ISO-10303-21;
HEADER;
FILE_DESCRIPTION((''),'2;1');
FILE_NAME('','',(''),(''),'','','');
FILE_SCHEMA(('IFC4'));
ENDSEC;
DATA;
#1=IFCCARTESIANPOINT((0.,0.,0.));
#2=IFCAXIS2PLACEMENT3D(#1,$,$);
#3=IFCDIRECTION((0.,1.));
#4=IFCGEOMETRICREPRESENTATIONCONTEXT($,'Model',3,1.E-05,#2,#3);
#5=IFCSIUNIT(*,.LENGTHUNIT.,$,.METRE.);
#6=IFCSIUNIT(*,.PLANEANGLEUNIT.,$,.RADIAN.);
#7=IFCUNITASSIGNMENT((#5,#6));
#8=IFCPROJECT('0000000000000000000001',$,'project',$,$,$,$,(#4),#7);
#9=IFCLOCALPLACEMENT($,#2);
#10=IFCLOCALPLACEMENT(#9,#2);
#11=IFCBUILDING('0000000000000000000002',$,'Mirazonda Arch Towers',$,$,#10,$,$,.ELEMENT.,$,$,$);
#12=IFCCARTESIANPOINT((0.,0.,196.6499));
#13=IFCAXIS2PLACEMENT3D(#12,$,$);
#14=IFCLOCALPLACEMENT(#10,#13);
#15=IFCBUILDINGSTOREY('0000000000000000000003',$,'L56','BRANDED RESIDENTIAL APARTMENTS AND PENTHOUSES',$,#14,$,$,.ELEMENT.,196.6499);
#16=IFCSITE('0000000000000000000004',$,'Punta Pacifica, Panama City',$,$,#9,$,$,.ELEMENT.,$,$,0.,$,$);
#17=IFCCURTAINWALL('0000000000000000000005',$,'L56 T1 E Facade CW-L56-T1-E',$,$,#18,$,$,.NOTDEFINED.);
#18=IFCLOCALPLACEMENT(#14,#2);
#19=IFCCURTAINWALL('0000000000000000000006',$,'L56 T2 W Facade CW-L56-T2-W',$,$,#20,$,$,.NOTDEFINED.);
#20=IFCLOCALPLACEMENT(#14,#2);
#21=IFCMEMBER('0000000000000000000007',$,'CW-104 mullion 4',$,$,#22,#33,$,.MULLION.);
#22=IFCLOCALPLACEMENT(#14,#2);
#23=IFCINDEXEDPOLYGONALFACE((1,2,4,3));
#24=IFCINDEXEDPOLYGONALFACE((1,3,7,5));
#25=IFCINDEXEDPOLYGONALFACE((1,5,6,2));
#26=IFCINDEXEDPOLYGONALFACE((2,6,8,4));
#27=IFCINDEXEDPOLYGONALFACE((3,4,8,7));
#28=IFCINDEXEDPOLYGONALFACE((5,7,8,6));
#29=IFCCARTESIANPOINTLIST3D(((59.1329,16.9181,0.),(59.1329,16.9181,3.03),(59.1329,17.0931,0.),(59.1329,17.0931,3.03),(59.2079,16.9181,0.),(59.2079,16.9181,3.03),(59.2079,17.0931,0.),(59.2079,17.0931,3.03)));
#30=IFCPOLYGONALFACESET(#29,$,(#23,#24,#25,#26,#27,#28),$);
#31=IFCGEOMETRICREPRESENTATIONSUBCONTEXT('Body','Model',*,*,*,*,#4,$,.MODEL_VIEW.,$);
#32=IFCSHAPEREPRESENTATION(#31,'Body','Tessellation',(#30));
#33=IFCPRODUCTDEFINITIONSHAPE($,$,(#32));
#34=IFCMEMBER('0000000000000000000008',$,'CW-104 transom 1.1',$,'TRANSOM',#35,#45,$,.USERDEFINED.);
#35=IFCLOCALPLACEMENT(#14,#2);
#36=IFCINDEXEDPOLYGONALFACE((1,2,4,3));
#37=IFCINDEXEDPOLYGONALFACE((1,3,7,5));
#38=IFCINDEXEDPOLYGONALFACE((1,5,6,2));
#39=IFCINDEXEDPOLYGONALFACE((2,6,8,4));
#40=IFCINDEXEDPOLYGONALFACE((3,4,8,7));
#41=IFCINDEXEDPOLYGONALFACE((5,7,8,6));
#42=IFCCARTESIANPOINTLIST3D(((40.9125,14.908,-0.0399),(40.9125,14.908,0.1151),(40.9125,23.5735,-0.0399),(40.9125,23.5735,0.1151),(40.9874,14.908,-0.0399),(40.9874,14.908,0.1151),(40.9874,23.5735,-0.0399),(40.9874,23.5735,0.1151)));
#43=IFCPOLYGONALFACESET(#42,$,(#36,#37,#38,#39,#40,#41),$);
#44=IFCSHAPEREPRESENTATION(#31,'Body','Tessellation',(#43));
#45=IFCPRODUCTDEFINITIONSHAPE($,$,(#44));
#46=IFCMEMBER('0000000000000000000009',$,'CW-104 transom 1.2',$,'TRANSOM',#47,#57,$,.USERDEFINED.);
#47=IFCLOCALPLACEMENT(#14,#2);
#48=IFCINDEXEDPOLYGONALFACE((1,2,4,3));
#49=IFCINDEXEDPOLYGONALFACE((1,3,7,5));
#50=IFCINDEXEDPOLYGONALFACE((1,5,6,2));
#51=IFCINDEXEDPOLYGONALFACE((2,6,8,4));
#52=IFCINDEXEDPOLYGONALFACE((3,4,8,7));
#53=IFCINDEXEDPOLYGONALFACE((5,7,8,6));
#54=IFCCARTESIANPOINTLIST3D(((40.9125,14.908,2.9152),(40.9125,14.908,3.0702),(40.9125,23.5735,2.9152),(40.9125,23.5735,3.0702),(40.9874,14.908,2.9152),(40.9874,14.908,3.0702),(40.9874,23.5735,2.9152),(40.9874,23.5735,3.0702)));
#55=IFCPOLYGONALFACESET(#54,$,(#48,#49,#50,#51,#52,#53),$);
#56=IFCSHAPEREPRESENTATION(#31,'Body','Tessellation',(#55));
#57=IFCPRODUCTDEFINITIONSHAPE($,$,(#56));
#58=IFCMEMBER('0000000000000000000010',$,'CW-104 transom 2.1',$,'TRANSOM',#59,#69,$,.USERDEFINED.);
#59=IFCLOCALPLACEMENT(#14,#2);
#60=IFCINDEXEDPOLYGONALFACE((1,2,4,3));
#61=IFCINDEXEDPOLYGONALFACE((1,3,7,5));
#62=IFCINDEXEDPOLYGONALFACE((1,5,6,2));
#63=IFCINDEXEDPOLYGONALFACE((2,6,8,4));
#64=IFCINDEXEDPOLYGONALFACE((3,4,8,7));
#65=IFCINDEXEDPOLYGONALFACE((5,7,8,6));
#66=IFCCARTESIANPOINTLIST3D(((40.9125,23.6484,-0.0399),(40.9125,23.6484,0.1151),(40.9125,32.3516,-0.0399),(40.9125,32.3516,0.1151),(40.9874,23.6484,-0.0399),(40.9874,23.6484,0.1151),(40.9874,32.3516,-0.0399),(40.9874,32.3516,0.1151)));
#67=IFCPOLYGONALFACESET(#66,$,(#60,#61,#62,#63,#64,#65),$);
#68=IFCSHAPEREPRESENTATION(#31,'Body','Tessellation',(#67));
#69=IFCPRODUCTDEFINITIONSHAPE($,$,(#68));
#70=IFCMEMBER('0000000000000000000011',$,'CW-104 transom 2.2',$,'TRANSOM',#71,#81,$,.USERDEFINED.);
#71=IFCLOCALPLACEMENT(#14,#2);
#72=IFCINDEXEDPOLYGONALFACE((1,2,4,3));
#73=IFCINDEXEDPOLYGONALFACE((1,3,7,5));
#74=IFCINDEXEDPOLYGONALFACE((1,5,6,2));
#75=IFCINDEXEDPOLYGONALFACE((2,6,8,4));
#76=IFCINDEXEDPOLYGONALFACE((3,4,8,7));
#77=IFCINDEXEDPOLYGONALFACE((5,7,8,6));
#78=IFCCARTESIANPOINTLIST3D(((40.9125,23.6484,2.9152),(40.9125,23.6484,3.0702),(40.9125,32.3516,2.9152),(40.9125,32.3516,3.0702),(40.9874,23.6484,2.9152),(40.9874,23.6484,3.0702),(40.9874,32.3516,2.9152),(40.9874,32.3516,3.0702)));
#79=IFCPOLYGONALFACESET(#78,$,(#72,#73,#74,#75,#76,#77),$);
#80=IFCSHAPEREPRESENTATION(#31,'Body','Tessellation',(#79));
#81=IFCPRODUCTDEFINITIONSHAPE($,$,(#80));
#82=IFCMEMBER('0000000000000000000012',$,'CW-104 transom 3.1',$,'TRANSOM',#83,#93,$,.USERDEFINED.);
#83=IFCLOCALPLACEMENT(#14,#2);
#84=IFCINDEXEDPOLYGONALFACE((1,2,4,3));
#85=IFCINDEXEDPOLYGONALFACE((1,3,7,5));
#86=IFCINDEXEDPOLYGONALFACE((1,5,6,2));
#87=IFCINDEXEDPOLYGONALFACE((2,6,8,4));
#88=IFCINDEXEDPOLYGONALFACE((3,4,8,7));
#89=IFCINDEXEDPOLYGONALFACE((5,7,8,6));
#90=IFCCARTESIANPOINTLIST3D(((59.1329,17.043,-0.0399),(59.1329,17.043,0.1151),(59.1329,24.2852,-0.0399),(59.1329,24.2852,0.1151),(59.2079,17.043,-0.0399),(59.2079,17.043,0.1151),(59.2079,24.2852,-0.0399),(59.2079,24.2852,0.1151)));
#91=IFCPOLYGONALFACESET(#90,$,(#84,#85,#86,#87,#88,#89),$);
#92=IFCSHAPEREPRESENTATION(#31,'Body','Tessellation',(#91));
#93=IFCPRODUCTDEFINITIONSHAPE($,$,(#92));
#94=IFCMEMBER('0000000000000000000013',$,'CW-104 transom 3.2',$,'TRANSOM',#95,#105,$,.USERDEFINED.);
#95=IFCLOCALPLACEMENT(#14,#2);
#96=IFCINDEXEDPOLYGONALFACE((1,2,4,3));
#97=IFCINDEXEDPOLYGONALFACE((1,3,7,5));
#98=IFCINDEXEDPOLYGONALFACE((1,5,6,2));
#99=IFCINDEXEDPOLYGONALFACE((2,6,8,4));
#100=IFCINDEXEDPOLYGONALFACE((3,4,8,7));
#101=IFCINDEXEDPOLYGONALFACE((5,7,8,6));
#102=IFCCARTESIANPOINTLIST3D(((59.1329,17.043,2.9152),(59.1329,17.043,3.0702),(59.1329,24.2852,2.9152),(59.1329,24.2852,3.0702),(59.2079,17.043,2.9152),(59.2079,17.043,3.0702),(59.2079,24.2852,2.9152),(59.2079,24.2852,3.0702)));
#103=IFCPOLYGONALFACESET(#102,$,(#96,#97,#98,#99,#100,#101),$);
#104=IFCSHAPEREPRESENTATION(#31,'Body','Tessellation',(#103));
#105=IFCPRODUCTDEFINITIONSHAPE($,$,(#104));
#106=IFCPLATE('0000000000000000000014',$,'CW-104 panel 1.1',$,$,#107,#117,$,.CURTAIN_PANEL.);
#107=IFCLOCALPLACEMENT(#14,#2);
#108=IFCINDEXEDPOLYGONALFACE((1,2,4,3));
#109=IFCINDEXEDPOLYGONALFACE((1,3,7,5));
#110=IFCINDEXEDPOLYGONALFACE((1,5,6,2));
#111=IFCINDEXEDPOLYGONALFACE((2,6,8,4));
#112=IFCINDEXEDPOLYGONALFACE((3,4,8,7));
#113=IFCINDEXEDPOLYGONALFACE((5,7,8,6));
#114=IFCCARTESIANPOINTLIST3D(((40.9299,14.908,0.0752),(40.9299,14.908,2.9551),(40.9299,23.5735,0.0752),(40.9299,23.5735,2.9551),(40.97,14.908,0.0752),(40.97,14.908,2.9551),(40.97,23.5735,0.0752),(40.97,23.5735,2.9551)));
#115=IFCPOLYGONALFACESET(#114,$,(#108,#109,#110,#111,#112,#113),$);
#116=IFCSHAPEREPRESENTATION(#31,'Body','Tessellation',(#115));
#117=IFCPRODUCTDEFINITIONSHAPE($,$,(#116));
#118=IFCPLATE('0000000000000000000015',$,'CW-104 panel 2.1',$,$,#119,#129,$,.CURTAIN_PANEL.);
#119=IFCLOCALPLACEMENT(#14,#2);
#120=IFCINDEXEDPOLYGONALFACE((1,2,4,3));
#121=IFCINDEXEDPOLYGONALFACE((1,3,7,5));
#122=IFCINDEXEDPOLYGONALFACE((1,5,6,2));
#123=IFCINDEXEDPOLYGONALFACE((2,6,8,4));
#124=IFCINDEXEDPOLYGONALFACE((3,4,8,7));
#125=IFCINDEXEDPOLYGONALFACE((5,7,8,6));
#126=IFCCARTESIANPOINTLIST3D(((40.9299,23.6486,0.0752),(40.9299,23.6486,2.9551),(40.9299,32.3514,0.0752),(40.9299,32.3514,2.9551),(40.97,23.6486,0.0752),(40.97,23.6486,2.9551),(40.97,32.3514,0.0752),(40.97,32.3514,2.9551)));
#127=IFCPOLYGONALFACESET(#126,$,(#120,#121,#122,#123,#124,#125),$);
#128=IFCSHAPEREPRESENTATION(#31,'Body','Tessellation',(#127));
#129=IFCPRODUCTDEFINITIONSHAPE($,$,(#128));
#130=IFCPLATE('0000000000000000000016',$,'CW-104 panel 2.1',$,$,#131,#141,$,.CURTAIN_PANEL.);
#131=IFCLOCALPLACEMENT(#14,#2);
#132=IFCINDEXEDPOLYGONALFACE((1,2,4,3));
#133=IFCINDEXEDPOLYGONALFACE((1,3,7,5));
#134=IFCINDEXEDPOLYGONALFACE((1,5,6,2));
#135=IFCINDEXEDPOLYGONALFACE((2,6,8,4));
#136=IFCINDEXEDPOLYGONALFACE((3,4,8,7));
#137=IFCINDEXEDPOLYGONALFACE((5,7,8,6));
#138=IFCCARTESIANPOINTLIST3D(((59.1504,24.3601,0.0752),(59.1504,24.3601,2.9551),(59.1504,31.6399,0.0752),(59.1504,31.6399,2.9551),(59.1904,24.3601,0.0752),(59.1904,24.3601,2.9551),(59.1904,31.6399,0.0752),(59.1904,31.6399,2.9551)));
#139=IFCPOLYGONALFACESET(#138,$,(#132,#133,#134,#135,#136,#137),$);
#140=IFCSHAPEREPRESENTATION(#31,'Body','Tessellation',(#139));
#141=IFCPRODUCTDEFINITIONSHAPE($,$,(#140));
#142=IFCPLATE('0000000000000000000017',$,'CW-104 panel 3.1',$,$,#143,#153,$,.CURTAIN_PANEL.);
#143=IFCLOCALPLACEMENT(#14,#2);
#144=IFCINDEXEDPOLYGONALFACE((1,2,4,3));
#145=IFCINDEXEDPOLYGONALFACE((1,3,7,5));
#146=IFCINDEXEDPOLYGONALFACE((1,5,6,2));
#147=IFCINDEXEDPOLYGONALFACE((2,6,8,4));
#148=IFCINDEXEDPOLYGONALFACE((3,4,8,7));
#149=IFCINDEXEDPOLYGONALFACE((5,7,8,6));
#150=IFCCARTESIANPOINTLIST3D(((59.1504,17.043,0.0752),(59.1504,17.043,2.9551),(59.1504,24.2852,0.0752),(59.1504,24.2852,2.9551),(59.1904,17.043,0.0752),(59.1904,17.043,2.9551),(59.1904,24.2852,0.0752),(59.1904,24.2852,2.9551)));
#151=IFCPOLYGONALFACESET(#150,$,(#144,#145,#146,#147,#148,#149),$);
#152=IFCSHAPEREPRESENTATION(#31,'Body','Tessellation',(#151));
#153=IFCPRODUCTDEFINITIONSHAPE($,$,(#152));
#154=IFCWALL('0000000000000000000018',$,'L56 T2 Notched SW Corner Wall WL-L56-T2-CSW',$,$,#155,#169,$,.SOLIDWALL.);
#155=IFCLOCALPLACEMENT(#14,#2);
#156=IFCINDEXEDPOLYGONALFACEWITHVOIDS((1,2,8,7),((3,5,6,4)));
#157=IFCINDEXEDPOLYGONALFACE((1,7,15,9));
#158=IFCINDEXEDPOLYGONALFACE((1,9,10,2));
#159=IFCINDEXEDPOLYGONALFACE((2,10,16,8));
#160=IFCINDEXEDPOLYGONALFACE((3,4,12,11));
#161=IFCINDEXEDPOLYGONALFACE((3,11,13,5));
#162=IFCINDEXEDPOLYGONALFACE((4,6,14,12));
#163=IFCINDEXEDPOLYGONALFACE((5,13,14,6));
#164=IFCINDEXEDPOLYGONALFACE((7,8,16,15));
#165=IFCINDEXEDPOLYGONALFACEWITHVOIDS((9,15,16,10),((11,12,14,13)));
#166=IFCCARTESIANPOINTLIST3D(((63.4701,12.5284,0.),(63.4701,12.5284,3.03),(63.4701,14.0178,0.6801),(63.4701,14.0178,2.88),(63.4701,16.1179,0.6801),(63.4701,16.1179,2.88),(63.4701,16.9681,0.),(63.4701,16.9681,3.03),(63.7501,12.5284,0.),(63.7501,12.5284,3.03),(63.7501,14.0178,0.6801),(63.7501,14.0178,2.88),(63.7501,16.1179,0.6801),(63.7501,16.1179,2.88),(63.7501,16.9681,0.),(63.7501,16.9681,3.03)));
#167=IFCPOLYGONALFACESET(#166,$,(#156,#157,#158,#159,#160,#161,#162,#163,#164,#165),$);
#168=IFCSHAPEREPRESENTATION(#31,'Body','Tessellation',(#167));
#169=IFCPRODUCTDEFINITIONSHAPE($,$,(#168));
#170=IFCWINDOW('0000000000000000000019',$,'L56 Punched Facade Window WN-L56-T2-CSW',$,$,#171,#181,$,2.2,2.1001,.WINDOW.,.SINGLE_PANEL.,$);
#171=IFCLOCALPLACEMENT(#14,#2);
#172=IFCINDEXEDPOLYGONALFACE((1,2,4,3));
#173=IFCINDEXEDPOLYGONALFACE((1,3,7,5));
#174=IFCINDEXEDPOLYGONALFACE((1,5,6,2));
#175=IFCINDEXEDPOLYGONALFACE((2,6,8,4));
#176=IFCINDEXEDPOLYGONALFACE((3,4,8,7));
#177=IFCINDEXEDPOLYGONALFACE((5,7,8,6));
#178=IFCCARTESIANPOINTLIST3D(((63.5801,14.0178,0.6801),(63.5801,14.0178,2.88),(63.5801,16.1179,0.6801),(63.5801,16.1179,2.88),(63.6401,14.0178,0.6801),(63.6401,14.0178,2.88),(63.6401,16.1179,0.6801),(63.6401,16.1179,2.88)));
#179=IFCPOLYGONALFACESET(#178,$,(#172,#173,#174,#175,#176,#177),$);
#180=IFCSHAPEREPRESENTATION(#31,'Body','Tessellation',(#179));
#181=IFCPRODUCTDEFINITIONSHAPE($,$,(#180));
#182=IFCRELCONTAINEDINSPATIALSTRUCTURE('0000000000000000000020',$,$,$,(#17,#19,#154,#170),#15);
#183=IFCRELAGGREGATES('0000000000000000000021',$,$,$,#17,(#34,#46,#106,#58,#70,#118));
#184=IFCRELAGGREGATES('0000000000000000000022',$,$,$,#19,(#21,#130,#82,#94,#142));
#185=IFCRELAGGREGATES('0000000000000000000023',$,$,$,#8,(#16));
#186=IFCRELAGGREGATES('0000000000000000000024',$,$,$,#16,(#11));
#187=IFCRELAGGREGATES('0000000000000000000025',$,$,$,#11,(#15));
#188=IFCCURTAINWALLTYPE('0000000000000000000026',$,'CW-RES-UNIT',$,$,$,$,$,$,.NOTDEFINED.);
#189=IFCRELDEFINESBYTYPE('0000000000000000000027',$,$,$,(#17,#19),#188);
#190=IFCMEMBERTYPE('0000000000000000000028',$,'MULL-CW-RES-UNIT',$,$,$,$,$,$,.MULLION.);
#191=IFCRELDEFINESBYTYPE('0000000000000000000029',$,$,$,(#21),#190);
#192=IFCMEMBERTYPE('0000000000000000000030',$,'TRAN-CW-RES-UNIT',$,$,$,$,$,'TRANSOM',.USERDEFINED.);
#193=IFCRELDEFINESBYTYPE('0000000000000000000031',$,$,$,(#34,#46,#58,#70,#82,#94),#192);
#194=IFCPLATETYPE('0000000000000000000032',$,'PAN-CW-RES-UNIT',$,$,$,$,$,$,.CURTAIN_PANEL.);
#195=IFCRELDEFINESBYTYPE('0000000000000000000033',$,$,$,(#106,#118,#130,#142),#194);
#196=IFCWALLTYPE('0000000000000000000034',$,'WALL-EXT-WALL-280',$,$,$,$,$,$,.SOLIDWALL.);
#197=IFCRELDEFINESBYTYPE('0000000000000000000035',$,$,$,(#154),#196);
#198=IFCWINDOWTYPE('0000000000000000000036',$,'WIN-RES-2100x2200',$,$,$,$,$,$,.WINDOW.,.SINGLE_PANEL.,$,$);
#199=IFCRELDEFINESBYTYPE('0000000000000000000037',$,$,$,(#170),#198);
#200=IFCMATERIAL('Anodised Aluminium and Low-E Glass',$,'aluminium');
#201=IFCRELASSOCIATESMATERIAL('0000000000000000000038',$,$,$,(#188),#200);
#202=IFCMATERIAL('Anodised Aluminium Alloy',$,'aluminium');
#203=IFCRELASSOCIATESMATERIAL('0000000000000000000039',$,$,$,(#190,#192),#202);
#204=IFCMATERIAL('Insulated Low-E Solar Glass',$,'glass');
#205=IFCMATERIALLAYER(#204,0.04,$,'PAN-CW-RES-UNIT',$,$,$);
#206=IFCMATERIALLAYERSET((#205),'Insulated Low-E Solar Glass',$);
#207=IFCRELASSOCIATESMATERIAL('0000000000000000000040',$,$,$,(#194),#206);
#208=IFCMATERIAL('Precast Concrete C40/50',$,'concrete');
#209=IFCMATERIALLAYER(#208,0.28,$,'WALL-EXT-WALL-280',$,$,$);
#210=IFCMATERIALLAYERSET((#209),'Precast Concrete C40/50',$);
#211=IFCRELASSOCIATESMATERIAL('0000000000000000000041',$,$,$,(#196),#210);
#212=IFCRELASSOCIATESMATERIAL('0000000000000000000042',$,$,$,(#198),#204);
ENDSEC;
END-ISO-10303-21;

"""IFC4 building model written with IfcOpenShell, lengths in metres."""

from ifc_helpers import new_model, si_unit, direction, frame, frame_2d, origin, origin_2d, place, context, subcontext, project, spatial, rectangle, extrude, material, layer, layer_set, material_profile, profile_set, type_object, element, fill, aggregate, save


model = new_model("IFC4")

# Units and contexts
model_context = context("Model", 3, precision=1e-05, world=origin(), true_north=direction((0.0, 1.0)))
body_context = subcontext(model_context, "Body", "Model", "MODEL_VIEW")
ifc_project = project(units=[si_unit("LENGTHUNIT", "METRE"), si_unit("PLANEANGLEUNIT", "RADIAN")], contexts=[model_context])

# Site, building, storey
site_placement = place(None, origin())
site = spatial("IfcSite", under=ifc_project, at=site_placement, Name="Punta Pacifica, Panama City", CompositionType="ELEMENT", RefElevation=0.0)
building_placement = place(site_placement, origin())
building = spatial("IfcBuilding", under=site, at=building_placement, Name="Mirazonda Arch Towers", CompositionType="ELEMENT")
storey_placement = place(building_placement, frame((0.0, 0.0, 196.6499)))
storey = spatial("IfcBuildingStorey", under=building, at=storey_placement, Name="L56", Description="BRANDED RESIDENTIAL APARTMENTS AND PENTHOUSES", CompositionType="ELEMENT", Elevation=196.6499)

# Curtain wall
ifc_material_1 = material(Name="Anodised Aluminium and Low-E Glass", Category="aluminium")
curtain_wall_type = type_object("IfcCurtainWallType", Name="CW-RES-UNIT", PredefinedType="NOTDEFINED", material=ifc_material_1)
curtain_wall_1_placement = place(storey_placement, origin())
curtain_wall_1 = element("IfcCurtainWall", 1, at=curtain_wall_1_placement, inside=storey, type_object=curtain_wall_type, Name="L56 T1 E Facade CW-L56-T1-E", PredefinedType="NOTDEFINED")
ifc_material_2 = material(Name="Anodised Aluminium Alloy", Category="aluminium")
ifc_material_profile_1 = material_profile(ifc_material_2, rectangle(XDim=0.075, YDim=0.175, at=origin_2d()), Name="ALU-MULL-75x175")
ifc_profile_set_1 = profile_set([ifc_material_profile_1], Name="Anodised Aluminium Alloy")
member_type_1 = type_object("IfcMemberType", Name="MULL-CW-RES-UNIT", PredefinedType="MULLION", material=ifc_profile_set_1)

# Curtain wall, member
curtain_wall_2_placement = place(storey_placement, origin())
curtain_wall_2 = element("IfcCurtainWall", 2, at=curtain_wall_2_placement, inside=storey, type_object=curtain_wall_type, Name="L56 T2 W Facade CW-L56-T2-W", PredefinedType="NOTDEFINED")
member_1_placement = place(storey_placement, frame((59.1704, 17.0056, 0.0), z_axis=(0.0, 0.0, 1.0), x_axis=(1.0, 0.0, 0.0)))
member_1 = element("IfcMember", 3, at=member_1_placement, type_object=member_type_1, Name="CW-104 mullion 4", PredefinedType="MULLION", context=body_context, shape_type="SweptSolid", body=[
    extrude(rectangle(XDim=0.075, YDim=0.175, at=origin_2d()), origin(), (0.0, 0.0, 1.0), 3.03),
])

# Members
ifc_material_profile_2 = material_profile(ifc_material_2, rectangle(XDim=0.075, YDim=0.155, at=origin_2d()), Name="ALU-TRAN-75x155")
ifc_profile_set_2 = profile_set([ifc_material_profile_2], Name="Anodised Aluminium Alloy")
member_type_2 = type_object("IfcMemberType", Name="TRAN-CW-RES-UNIT", ElementType="TRANSOM", PredefinedType="USERDEFINED", material=ifc_profile_set_2)
member_2_placement = place(storey_placement, frame((40.95, 14.908, 0.0376), z_axis=(0.0, 1.0, 0.0), x_axis=(-1.0, 0.0, 0.0)))
member_2 = element("IfcMember", 4, at=member_2_placement, type_object=member_type_2, Name="CW-104 transom 1.1", ObjectType="TRANSOM", PredefinedType="USERDEFINED", context=body_context, shape_type="SweptSolid", body=[
    extrude(rectangle(XDim=0.075, YDim=0.155, at=origin_2d()), origin(), (0.0, 0.0, 1.0), 8.6655),
])
member_3_placement = place(storey_placement, frame((40.95, 14.908, 2.9927), z_axis=(0.0, 1.0, 0.0), x_axis=(-1.0, 0.0, 0.0)))
member_3 = element("IfcMember", 5, at=member_3_placement, type_object=member_type_2, Name="CW-104 transom 1.2", ObjectType="TRANSOM", PredefinedType="USERDEFINED", context=body_context, shape_type="SweptSolid", body=[
    extrude(rectangle(XDim=0.075, YDim=0.155, at=origin_2d()), origin(), (0.0, 0.0, 1.0), 8.6655),
])
member_4_placement = place(storey_placement, frame((40.95, 23.6484, 0.0376), z_axis=(0.0, 1.0, 0.0), x_axis=(-1.0, 0.0, 0.0)))
member_4 = element("IfcMember", 6, at=member_4_placement, type_object=member_type_2, Name="CW-104 transom 2.1", ObjectType="TRANSOM", PredefinedType="USERDEFINED", context=body_context, shape_type="SweptSolid", body=[
    extrude(rectangle(XDim=0.075, YDim=0.155, at=origin_2d()), origin(), (0.0, 0.0, 1.0), 8.7031),
])
member_5_placement = place(storey_placement, frame((40.95, 23.6484, 2.9927), z_axis=(0.0, 1.0, 0.0), x_axis=(-1.0, 0.0, 0.0)))
member_5 = element("IfcMember", 7, at=member_5_placement, type_object=member_type_2, Name="CW-104 transom 2.2", ObjectType="TRANSOM", PredefinedType="USERDEFINED", context=body_context, shape_type="SweptSolid", body=[
    extrude(rectangle(XDim=0.075, YDim=0.155, at=origin_2d()), origin(), (0.0, 0.0, 1.0), 8.7031),
])
member_6_placement = place(storey_placement, frame((59.1704, 24.2852, 0.0376), z_axis=(0.0, -1.0, 0.0), x_axis=(1.0, 0.0, 0.0)))
member_6 = element("IfcMember", 8, at=member_6_placement, type_object=member_type_2, Name="CW-104 transom 3.1", ObjectType="TRANSOM", PredefinedType="USERDEFINED", context=body_context, shape_type="SweptSolid", body=[
    extrude(rectangle(XDim=0.075, YDim=0.155, at=origin_2d()), origin(), (0.0, 0.0, 1.0), 7.2422),
])
member_7_placement = place(storey_placement, frame((59.1704, 24.2852, 2.9927), z_axis=(0.0, -1.0, 0.0), x_axis=(1.0, 0.0, 0.0)))
member_7 = element("IfcMember", 9, at=member_7_placement, type_object=member_type_2, Name="CW-104 transom 3.2", ObjectType="TRANSOM", PredefinedType="USERDEFINED", context=body_context, shape_type="SweptSolid", body=[
    extrude(rectangle(XDim=0.075, YDim=0.155, at=origin_2d()), origin(), (0.0, 0.0, 1.0), 7.2422),
])

# Plates
ifc_material_3 = material(Name="Insulated Low-E Solar Glass", Category="glass")
ifc_layer_1 = layer(ifc_material_3, 0.04, Name="PAN-CW-RES-UNIT")
ifc_layer_set_1 = layer_set([ifc_layer_1], Name="Insulated Low-E Solar Glass")
plate_type = type_object("IfcPlateType", Name="PAN-CW-RES-UNIT", PredefinedType="CURTAIN_PANEL", material=ifc_layer_set_1)
plate_1_placement = place(storey_placement, frame((40.95, 19.2407, 0.0752), z_axis=(0.0, 0.0, 1.0), x_axis=(0.0, 1.0, 0.0)))
plate_1 = element("IfcPlate", 10, at=plate_1_placement, type_object=plate_type, Name="CW-104 panel 1.1", PredefinedType="CURTAIN_PANEL", context=body_context, shape_type="SweptSolid", body=[
    extrude(rectangle(XDim=8.6655, YDim=0.04, at=origin_2d()), origin(), (0.0, 0.0, 1.0), 2.8799),
])
plate_2_placement = place(storey_placement, frame((40.95, 28.0, 0.0752), z_axis=(0.0, 0.0, 1.0), x_axis=(0.0, 1.0, 0.0)))
plate_2 = element("IfcPlate", 11, at=plate_2_placement, type_object=plate_type, Name="CW-104 panel 2.1", PredefinedType="CURTAIN_PANEL", context=body_context, shape_type="SweptSolid", body=[
    extrude(rectangle(XDim=8.7029, YDim=0.04, at=origin_2d()), origin(), (0.0, 0.0, 1.0), 2.8799),
])
aggregate(curtain_wall_1, [member_2, member_3, plate_1, member_4, member_5, plate_2])
plate_3_placement = place(storey_placement, frame((59.1704, 28.0, 0.0752), z_axis=(0.0, 0.0, 1.0), x_axis=(0.0, -1.0, 0.0)))
plate_3 = element("IfcPlate", 12, at=plate_3_placement, type_object=plate_type, Name="CW-104 panel 2.1", PredefinedType="CURTAIN_PANEL", context=body_context, shape_type="SweptSolid", body=[
    extrude(rectangle(XDim=7.2798, YDim=0.04, at=origin_2d()), origin(), (0.0, 0.0, 1.0), 2.8799),
])
plate_4_placement = place(storey_placement, frame((59.1704, 20.6641, 0.0752), z_axis=(0.0, 0.0, 1.0), x_axis=(0.0, -1.0, 0.0)))
plate_4 = element("IfcPlate", 13, at=plate_4_placement, type_object=plate_type, Name="CW-104 panel 3.1", PredefinedType="CURTAIN_PANEL", context=body_context, shape_type="SweptSolid", body=[
    extrude(rectangle(XDim=7.2422, YDim=0.04, at=origin_2d()), origin(), (0.0, 0.0, 1.0), 2.8799),
])
aggregate(curtain_wall_2, [member_1, plate_3, member_6, member_7, plate_4])

# Wall, opening, window
ifc_material_4 = material(Name="Precast Concrete C40/50", Category="concrete")
ifc_layer_2 = layer(ifc_material_4, 0.28, Name="WALL-EXT-WALL-280")
ifc_layer_set_2 = layer_set([ifc_layer_2], Name="Precast Concrete C40/50")
wall_type_1 = type_object("IfcWallType", Name="WALL-EXT-WALL-280", PredefinedType="SOLIDWALL", material=ifc_layer_set_2)
wall_1_placement = place(storey_placement, frame((63.6101, 16.968, 0.0), z_axis=(0.0, 0.0, 1.0), x_axis=(0.0, -1.0, 0.0)))
wall_1 = element("IfcWall", 14, at=wall_1_placement, inside=storey, type_object=wall_type_1, Name="L56 T2 Notched SW Corner Wall WL-L56-T2-CSW", PredefinedType="SOLIDWALL", context=body_context, shape_type="SweptSolid", body=[
    extrude(rectangle(XDim=4.4397, YDim=0.28, at=frame_2d((2.2197, 0.0))), origin(), (0.0, 0.0, 1.0), 3.03),
])
opening_1_placement = place(wall_1_placement, frame((0.8501, 0.0, 0.6799)))
opening_1 = element("IfcOpeningElement", 15, at=opening_1_placement, cuts=wall_1, PredefinedType="OPENING", context=body_context, shape_type="SweptSolid", body=[
    extrude(rectangle(XDim=2.1001, YDim=2.2, at=frame_2d((1.05, 1.1001))), frame((0.0, 0.1499, 0.0), z_axis=(0.0, -1.0, 0.0), x_axis=(1.0, 0.0, 0.0)), (0.0, 0.0, 1.0), 0.3),
])
window_type_1 = type_object("IfcWindowType", Name="WIN-RES-2100x2200", PartitioningType="SINGLE_PANEL", PredefinedType="WINDOW", material=ifc_material_3)
window_1_placement = place(opening_1_placement, origin())
window_1 = element("IfcWindow", 16, at=window_1_placement, inside=storey, type_object=window_type_1, Name="L56 Punched Facade Window WN-L56-T2-CSW", OverallHeight=2.2, OverallWidth=2.1001, PartitioningType="SINGLE_PANEL", PredefinedType="WINDOW", context=body_context, shape_type="SweptSolid", body=[
    extrude(rectangle(XDim=2.1001, YDim=2.2, at=frame_2d((1.05, 1.1001))), frame((0.0, 0.03, 0.0), z_axis=(0.0, -1.0, 0.0), x_axis=(1.0, 0.0, 0.0)), (0.0, 0.0, 1.0), 0.0601),
])
fill(opening_1, window_1)

save(model, "model.ifc")
